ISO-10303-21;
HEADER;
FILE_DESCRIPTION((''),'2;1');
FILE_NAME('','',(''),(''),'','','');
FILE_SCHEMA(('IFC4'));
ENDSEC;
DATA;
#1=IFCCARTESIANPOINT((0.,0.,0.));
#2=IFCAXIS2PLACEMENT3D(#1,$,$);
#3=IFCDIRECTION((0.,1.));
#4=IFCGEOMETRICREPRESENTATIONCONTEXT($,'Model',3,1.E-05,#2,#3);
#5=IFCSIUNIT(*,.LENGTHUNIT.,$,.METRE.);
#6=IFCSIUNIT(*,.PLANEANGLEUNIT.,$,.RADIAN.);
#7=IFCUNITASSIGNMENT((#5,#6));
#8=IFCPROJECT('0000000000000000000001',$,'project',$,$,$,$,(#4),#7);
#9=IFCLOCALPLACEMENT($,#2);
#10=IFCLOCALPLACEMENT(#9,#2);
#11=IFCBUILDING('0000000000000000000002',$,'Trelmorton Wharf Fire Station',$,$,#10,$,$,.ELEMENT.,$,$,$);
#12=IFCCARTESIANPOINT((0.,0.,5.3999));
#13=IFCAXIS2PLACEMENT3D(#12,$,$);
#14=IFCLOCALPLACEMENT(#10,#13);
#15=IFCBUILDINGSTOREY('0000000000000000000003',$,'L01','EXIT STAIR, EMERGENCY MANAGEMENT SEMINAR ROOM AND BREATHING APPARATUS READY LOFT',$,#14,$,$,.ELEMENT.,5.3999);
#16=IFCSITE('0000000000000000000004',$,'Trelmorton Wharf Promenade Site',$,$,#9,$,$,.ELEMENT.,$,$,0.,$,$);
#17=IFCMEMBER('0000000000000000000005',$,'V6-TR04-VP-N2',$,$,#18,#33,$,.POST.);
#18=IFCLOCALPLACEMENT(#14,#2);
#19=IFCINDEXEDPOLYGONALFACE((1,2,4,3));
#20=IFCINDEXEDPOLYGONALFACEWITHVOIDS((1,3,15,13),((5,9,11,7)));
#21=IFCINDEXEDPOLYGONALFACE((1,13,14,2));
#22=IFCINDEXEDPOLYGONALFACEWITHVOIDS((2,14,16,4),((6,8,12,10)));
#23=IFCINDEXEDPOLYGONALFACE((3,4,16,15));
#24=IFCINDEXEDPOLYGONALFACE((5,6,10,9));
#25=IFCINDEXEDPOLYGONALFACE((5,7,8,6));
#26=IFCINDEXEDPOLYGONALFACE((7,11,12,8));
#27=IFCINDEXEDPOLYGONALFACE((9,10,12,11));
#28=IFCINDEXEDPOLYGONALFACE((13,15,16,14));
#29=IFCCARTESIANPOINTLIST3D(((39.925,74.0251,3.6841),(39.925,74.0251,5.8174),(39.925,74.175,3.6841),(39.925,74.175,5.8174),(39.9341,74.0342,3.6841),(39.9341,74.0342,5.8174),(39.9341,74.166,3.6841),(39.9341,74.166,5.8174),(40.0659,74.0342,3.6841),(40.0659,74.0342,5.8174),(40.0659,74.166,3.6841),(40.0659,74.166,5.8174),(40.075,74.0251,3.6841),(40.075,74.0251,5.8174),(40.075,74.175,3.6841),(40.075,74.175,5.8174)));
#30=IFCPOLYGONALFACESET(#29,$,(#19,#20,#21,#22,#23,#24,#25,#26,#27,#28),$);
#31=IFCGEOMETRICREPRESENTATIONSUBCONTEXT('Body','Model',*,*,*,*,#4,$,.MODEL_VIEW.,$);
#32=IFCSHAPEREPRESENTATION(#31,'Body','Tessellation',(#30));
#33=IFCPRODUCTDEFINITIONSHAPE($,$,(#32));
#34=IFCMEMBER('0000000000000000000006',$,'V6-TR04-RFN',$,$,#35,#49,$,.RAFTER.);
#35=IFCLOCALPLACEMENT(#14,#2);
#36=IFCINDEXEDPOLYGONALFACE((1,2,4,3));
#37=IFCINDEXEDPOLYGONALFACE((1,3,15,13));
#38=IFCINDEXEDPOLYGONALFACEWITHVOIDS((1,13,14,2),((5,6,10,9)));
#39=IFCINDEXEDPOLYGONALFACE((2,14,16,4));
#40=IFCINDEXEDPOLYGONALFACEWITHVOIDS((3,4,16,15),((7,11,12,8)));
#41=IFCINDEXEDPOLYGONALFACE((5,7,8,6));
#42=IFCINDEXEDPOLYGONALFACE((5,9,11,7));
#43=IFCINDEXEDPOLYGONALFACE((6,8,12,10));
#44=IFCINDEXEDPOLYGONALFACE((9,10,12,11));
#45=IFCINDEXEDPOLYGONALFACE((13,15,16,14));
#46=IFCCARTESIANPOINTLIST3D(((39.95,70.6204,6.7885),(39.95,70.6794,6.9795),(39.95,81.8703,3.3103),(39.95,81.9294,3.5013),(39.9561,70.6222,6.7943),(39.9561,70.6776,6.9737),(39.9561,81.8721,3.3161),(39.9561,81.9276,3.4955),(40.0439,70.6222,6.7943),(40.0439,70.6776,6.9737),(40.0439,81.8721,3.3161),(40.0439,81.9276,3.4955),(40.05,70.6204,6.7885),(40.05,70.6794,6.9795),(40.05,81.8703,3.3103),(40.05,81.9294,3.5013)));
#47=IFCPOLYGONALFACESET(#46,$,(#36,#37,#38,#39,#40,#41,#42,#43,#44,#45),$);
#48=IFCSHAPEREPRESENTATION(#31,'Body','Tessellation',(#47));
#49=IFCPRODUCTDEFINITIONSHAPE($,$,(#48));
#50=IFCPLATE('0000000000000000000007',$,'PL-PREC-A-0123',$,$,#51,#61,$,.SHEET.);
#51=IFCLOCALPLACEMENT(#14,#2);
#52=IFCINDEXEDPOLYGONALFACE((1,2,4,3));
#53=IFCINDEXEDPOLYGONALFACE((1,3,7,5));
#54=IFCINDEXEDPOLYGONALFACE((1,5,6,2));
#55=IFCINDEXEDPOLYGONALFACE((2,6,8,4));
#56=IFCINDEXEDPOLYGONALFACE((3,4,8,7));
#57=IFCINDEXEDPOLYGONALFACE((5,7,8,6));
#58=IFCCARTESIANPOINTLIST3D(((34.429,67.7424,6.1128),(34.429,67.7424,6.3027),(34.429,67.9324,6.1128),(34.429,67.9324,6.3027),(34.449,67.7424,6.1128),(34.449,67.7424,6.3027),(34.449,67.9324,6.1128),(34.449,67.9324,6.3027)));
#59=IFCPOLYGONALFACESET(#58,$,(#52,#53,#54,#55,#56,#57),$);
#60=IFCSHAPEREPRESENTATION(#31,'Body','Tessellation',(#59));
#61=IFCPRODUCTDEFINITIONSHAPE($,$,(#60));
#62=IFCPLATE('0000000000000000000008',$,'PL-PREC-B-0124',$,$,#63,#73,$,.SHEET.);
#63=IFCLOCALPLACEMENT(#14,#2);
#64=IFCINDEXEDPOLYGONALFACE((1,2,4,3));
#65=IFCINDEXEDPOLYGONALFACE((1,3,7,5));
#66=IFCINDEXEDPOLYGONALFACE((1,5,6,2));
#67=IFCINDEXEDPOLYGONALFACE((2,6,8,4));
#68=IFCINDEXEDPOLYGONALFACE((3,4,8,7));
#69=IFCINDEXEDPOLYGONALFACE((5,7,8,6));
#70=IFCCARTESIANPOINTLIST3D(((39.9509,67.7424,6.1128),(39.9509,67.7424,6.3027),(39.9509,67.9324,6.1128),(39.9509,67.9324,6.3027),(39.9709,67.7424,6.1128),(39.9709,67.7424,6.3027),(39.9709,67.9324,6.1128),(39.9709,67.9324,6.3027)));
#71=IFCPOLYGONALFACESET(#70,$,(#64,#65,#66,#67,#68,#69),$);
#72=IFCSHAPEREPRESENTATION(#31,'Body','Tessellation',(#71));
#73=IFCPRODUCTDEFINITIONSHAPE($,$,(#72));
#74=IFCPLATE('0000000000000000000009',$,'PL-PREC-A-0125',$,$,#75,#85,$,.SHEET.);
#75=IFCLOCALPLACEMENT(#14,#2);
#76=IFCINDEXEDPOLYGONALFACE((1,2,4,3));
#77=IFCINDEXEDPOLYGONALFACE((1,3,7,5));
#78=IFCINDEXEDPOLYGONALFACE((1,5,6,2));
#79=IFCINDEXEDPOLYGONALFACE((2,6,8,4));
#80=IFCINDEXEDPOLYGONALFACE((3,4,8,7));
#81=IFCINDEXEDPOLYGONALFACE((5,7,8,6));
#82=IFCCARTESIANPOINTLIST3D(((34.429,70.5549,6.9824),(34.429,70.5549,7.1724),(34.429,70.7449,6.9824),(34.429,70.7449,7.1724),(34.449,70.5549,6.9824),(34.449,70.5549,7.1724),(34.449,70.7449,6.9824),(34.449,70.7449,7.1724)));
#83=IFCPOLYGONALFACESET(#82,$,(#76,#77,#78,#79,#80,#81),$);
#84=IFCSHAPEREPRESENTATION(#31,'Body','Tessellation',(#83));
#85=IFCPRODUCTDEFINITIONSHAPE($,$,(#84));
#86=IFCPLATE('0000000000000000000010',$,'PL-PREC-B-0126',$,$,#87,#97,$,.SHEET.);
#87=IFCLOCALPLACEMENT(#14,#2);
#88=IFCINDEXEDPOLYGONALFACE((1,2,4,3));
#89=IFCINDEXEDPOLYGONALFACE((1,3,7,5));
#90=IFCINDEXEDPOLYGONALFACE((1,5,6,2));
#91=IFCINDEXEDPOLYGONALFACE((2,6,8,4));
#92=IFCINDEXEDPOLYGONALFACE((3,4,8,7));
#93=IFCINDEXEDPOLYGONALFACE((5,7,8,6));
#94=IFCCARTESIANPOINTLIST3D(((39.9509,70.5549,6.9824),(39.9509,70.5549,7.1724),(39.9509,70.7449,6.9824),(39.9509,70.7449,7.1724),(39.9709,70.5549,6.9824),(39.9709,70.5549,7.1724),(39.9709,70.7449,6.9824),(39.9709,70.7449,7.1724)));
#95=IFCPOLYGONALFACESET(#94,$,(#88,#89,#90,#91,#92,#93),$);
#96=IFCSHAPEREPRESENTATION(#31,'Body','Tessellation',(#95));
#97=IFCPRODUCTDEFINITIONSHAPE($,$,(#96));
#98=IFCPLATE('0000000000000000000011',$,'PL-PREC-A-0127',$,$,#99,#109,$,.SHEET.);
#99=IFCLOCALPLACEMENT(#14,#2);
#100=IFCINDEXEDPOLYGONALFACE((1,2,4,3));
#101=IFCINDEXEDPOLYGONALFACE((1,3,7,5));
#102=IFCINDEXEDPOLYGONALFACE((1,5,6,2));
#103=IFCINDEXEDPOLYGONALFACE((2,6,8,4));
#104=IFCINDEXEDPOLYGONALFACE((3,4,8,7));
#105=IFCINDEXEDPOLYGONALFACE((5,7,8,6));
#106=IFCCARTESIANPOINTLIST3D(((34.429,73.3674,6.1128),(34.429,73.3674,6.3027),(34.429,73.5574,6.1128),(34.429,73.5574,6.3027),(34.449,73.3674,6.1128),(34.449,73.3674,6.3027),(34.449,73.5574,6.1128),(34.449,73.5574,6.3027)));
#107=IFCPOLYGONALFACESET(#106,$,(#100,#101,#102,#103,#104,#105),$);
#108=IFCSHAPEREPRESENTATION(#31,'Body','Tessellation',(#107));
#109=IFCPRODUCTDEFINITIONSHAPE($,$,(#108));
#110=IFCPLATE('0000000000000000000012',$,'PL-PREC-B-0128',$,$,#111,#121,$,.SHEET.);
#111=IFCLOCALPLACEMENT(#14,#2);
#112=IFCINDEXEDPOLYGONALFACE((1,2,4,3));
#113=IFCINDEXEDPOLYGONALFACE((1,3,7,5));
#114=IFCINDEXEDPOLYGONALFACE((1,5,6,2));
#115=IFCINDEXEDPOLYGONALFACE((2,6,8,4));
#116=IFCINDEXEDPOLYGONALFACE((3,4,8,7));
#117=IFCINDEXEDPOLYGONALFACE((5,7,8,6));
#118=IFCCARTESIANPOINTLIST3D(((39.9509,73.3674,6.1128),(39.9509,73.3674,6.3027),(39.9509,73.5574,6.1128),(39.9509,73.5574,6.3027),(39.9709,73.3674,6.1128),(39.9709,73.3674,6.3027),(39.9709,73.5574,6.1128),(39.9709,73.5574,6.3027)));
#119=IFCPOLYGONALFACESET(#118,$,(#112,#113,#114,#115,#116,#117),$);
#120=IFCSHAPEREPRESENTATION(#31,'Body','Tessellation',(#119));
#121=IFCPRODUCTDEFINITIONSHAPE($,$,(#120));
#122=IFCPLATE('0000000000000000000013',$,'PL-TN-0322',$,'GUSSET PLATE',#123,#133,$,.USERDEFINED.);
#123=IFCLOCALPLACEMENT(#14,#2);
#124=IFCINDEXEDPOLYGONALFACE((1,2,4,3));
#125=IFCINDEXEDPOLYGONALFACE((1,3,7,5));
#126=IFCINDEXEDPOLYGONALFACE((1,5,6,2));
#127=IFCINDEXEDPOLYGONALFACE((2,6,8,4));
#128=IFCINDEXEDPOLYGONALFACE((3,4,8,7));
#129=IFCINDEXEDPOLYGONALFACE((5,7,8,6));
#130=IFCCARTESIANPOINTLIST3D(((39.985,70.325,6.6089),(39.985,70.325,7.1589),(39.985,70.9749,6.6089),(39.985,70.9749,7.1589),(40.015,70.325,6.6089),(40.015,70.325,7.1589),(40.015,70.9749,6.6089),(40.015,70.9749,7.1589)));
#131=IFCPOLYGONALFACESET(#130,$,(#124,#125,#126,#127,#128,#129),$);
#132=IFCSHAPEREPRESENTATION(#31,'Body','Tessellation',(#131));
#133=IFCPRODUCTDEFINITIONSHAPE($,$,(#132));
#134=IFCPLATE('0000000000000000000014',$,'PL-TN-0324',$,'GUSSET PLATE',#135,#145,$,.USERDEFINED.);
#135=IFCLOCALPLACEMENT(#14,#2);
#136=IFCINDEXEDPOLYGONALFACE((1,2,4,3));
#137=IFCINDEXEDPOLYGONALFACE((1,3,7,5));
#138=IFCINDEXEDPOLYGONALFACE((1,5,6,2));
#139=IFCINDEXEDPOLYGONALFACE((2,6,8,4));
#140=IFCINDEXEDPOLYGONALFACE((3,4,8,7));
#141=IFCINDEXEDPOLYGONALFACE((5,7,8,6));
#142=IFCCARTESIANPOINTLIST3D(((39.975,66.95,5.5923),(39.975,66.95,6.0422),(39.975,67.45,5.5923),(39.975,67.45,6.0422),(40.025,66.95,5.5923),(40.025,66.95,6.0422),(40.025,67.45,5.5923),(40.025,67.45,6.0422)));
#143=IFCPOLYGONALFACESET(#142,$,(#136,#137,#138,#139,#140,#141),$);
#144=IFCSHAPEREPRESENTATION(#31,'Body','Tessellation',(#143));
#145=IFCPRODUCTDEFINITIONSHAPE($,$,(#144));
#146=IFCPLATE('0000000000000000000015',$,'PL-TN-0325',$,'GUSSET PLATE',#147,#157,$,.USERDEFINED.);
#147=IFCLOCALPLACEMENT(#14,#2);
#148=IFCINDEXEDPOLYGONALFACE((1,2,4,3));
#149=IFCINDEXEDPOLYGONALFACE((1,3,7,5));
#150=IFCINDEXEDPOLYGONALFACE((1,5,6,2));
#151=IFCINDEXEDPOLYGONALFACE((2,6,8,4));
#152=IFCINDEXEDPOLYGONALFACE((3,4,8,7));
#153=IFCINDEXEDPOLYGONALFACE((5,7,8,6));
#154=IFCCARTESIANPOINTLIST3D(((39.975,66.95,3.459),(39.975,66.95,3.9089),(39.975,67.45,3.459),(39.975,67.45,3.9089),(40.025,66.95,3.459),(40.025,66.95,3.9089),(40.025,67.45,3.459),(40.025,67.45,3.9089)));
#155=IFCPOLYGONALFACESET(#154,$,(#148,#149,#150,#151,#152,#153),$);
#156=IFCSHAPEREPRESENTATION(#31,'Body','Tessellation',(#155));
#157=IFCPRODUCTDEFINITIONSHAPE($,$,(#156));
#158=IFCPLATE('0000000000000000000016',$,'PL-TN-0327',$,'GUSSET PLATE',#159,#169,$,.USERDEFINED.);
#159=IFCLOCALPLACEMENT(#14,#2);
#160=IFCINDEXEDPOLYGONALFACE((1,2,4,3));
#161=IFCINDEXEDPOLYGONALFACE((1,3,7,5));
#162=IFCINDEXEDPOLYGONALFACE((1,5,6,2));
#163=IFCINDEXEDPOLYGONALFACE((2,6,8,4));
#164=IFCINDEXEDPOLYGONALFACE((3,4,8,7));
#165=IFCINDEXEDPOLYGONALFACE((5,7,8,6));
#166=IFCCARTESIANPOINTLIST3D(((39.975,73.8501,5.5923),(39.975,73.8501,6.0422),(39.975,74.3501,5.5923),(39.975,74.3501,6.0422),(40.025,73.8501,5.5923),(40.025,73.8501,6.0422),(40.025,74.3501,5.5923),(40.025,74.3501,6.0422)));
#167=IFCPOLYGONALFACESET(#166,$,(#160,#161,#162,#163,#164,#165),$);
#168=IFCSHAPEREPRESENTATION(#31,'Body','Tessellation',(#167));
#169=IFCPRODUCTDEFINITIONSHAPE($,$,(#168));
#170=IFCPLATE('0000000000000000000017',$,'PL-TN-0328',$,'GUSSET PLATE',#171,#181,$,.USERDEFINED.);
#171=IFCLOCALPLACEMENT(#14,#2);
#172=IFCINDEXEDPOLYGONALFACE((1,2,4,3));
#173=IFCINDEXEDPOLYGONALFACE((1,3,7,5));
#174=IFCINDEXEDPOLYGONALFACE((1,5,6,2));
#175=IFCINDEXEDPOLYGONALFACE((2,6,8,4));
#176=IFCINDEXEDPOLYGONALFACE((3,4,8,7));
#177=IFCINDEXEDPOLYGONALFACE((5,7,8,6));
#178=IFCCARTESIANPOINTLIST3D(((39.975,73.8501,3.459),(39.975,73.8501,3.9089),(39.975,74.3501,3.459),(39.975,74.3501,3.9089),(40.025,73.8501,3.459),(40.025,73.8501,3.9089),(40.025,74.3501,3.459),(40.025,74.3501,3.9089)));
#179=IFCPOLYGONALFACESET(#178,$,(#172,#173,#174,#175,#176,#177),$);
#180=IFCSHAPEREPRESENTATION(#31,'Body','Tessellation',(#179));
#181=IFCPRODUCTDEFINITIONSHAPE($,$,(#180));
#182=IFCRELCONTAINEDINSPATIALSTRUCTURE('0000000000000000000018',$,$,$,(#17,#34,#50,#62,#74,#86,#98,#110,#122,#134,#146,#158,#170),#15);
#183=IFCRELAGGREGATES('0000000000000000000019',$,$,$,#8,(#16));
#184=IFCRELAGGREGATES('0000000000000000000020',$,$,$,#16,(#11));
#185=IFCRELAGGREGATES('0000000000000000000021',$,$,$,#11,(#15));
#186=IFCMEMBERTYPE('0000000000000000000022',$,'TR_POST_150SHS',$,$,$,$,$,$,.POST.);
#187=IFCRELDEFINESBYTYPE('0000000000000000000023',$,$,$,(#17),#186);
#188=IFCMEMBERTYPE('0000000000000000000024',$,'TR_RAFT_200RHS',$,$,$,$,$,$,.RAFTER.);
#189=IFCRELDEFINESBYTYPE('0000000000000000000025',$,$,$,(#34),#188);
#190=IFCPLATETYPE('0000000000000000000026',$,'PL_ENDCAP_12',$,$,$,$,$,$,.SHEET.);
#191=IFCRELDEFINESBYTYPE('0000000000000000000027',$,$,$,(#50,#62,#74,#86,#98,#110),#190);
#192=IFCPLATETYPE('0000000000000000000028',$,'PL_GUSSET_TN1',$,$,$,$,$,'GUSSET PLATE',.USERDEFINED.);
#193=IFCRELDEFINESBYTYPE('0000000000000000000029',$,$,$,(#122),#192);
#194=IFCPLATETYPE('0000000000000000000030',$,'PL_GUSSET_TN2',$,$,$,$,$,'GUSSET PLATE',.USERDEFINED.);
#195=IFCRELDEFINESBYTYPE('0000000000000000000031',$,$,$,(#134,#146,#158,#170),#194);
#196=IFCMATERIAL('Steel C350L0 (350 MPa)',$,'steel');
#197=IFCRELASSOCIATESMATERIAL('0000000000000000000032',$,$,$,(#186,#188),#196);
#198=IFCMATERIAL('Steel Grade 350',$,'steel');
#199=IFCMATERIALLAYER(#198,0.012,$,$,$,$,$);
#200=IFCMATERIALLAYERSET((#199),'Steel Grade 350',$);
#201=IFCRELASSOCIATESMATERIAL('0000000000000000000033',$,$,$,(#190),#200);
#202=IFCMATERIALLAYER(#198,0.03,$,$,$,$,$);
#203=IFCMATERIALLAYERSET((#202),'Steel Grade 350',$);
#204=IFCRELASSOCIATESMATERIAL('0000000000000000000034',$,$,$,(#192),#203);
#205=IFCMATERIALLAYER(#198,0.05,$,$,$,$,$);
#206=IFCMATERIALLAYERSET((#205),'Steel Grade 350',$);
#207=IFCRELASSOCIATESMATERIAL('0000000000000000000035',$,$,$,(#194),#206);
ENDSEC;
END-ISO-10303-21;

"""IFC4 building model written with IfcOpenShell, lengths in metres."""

from ifc_helpers import new_model, si_unit, direction, frame, origin, origin_2d, place, context, subcontext, project, spatial, rectangle, hollow_rectangle, extrude, material, layer, layer_set, material_profile, profile_set, type_object, element, save


model = new_model("IFC4")

# Units and contexts
model_context = context("Model", 3, precision=1e-05, world=origin(), true_north=direction((0.0, 1.0)))
body_context = subcontext(model_context, "Body", "Model", "MODEL_VIEW")
ifc_project = project(units=[si_unit("LENGTHUNIT", "METRE"), si_unit("PLANEANGLEUNIT", "RADIAN")], contexts=[model_context])

# Site, building, storey
site_placement = place(None, origin())
site = spatial("IfcSite", under=ifc_project, at=site_placement, Name="Trelmorton Wharf Promenade Site", CompositionType="ELEMENT", RefElevation=0.0)
building_placement = place(site_placement, origin())
building = spatial("IfcBuilding", under=site, at=building_placement, Name="Trelmorton Wharf Fire Station", CompositionType="ELEMENT")
storey_placement = place(building_placement, frame((0.0, 0.0, 5.3999)))
storey = spatial("IfcBuildingStorey", under=building, at=storey_placement, Name="L01", Description="EXIT STAIR, EMERGENCY MANAGEMENT SEMINAR ROOM AND BREATHING APPARATUS READY LOFT", CompositionType="ELEMENT", Elevation=5.3999)

# Shared definitions
ifc_material_1 = material(Name="Steel Grade 350", Category="steel")

# Members
ifc_material_2 = material(Name="Steel C350L0 (350 MPa)", Category="steel")
ifc_material_profile_1 = material_profile(ifc_material_2, hollow_rectangle(XDim=0.1499, YDim=0.1499, WallThickness=0.009, at=origin_2d()), Name="150x150x9.0SHS")
ifc_profile_set_1 = profile_set([ifc_material_profile_1], Name="Steel C350L0 (350 MPa)")
member_type_1 = type_object("IfcMemberType", Name="TR_POST_150SHS", PredefinedType="POST", material=ifc_profile_set_1)
for number, where, z_axis, x_axis, name in (
    (1, (40.0, 74.1001, 3.6841), (0.0, 0.0, 1.0), (1.0, 0.0, 0.0), "V6-TR04-VP-N2"),
):
    element("IfcMember", number, at=place(storey_placement, frame(where, z_axis=z_axis, x_axis=x_axis)), inside=storey, type_object=member_type_1, Name=name, PredefinedType="POST", context=body_context, shape_type="SweptSolid", body=[
        extrude(hollow_rectangle(XDim=0.1499, YDim=0.1499, WallThickness=0.009, at=origin_2d()), origin(), (0.0, 0.0, 1.0), 2.1333),
    ])
ifc_material_profile_2 = material_profile(ifc_material_2, hollow_rectangle(XDim=0.1001, YDim=0.2, WallThickness=0.0061, at=origin_2d()), Name="200x100x6.0RHS")
ifc_profile_set_2 = profile_set([ifc_material_profile_2], Name="Steel C350L0 (350 MPa)")
member_type_2 = type_object("IfcMemberType", Name="TR_RAFT_200RHS", PredefinedType="RAFTER", material=ifc_profile_set_2)
member_1_placement = place(storey_placement, frame((40.0, 70.6499, 6.884), z_axis=(0.0, 0.955379, -0.295384), x_axis=(-1.0, 0.0, 0.0)))
element("IfcMember", 2, at=member_1_placement, inside=storey, type_object=member_type_2, Name="V6-TR04-RFN", PredefinedType="RAFTER", context=body_context, shape_type="SweptSolid", body=[
    extrude(hollow_rectangle(XDim=0.1001, YDim=0.2, WallThickness=0.0061, at=origin_2d()), origin(), (0.0, 0.0, 1.0), 11.7754),
])

# Plates
ifc_layer_1 = layer(ifc_material_1, 0.012)
ifc_layer_set_1 = layer_set([ifc_layer_1], Name="Steel Grade 350")
plate_type_1 = type_object("IfcPlateType", Name="PL_ENDCAP_12", PredefinedType="SHEET", material=ifc_layer_set_1)
for number, where, z_axis, x_axis, name in (
    (3, (34.439, 67.8374, 6.1128), (0.0, 0.0, 1.0), (1.0, 0.0, 0.0), "PL-PREC-A-0123"),
    (4, (39.9609, 67.8374, 6.1128), (0.0, 0.0, 1.0), (1.0, 0.0, 0.0), "PL-PREC-B-0124"),
    (5, (34.439, 70.6499, 6.9824), (0.0, 0.0, 1.0), (1.0, 0.0, 0.0), "PL-PREC-A-0125"),
    (6, (39.9609, 70.6499, 6.9824), (0.0, 0.0, 1.0), (1.0, 0.0, 0.0), "PL-PREC-B-0126"),
    (7, (34.439, 73.4624, 6.1128), (0.0, 0.0, 1.0), (1.0, 0.0, 0.0), "PL-PREC-A-0127"),
    (8, (39.9609, 73.4624, 6.1128), (0.0, 0.0, 1.0), (1.0, 0.0, 0.0), "PL-PREC-B-0128"),
):
    element("IfcPlate", number, at=place(storey_placement, frame(where, z_axis=z_axis, x_axis=x_axis)), inside=storey, type_object=plate_type_1, Name=name, PredefinedType="SHEET", context=body_context, shape_type="SweptSolid", body=[
        extrude(rectangle(XDim=0.02, YDim=0.1899, at=origin_2d()), origin(), (0.0, 0.0, 1.0), 0.1899),
    ])
ifc_layer_2 = layer(ifc_material_1, 0.03)
ifc_layer_set_2 = layer_set([ifc_layer_2], Name="Steel Grade 350")
plate_type_2 = type_object("IfcPlateType", Name="PL_GUSSET_TN1", ElementType="GUSSET PLATE", PredefinedType="USERDEFINED", material=ifc_layer_set_2)
plate_placement = place(storey_placement, frame((40.0, 70.6499, 6.6089), z_axis=(0.0, 0.0, 1.0), x_axis=(1.0, 0.0, 0.0)))
element("IfcPlate", 9, at=plate_placement, inside=storey, type_object=plate_type_2, Name="PL-TN-0322", ObjectType="GUSSET PLATE", PredefinedType="USERDEFINED", context=body_context, shape_type="SweptSolid", body=[
    extrude(rectangle(XDim=0.03, YDim=0.6499, at=origin_2d()), origin(), (0.0, 0.0, 1.0), 0.55),
])
ifc_layer_3 = layer(ifc_material_1, 0.05)
ifc_layer_set_3 = layer_set([ifc_layer_3], Name="Steel Grade 350")
plate_type_3 = type_object("IfcPlateType", Name="PL_GUSSET_TN2", ElementType="GUSSET PLATE", PredefinedType="USERDEFINED", material=ifc_layer_set_3)
for number, where, z_axis, x_axis, name in (
    (10, (40.0, 67.2, 5.5923), (0.0, 0.0, 1.0), (1.0, 0.0, 0.0), "PL-TN-0324"),
    (11, (40.0, 67.2, 3.459), (0.0, 0.0, 1.0), (1.0, 0.0, 0.0), "PL-TN-0325"),
    (12, (40.0, 74.1001, 5.5923), (0.0, 0.0, 1.0), (1.0, 0.0, 0.0), "PL-TN-0327"),
    (13, (40.0, 74.1001, 3.459), (0.0, 0.0, 1.0), (1.0, 0.0, 0.0), "PL-TN-0328"),
):
    element("IfcPlate", number, at=place(storey_placement, frame(where, z_axis=z_axis, x_axis=x_axis)), inside=storey, type_object=plate_type_3, Name=name, ObjectType="GUSSET PLATE", PredefinedType="USERDEFINED", context=body_context, shape_type="SweptSolid", body=[
        extrude(rectangle(XDim=0.05, YDim=0.5, at=origin_2d()), origin(), (0.0, 0.0, 1.0), 0.45),
    ])

save(model, "model.ifc")
